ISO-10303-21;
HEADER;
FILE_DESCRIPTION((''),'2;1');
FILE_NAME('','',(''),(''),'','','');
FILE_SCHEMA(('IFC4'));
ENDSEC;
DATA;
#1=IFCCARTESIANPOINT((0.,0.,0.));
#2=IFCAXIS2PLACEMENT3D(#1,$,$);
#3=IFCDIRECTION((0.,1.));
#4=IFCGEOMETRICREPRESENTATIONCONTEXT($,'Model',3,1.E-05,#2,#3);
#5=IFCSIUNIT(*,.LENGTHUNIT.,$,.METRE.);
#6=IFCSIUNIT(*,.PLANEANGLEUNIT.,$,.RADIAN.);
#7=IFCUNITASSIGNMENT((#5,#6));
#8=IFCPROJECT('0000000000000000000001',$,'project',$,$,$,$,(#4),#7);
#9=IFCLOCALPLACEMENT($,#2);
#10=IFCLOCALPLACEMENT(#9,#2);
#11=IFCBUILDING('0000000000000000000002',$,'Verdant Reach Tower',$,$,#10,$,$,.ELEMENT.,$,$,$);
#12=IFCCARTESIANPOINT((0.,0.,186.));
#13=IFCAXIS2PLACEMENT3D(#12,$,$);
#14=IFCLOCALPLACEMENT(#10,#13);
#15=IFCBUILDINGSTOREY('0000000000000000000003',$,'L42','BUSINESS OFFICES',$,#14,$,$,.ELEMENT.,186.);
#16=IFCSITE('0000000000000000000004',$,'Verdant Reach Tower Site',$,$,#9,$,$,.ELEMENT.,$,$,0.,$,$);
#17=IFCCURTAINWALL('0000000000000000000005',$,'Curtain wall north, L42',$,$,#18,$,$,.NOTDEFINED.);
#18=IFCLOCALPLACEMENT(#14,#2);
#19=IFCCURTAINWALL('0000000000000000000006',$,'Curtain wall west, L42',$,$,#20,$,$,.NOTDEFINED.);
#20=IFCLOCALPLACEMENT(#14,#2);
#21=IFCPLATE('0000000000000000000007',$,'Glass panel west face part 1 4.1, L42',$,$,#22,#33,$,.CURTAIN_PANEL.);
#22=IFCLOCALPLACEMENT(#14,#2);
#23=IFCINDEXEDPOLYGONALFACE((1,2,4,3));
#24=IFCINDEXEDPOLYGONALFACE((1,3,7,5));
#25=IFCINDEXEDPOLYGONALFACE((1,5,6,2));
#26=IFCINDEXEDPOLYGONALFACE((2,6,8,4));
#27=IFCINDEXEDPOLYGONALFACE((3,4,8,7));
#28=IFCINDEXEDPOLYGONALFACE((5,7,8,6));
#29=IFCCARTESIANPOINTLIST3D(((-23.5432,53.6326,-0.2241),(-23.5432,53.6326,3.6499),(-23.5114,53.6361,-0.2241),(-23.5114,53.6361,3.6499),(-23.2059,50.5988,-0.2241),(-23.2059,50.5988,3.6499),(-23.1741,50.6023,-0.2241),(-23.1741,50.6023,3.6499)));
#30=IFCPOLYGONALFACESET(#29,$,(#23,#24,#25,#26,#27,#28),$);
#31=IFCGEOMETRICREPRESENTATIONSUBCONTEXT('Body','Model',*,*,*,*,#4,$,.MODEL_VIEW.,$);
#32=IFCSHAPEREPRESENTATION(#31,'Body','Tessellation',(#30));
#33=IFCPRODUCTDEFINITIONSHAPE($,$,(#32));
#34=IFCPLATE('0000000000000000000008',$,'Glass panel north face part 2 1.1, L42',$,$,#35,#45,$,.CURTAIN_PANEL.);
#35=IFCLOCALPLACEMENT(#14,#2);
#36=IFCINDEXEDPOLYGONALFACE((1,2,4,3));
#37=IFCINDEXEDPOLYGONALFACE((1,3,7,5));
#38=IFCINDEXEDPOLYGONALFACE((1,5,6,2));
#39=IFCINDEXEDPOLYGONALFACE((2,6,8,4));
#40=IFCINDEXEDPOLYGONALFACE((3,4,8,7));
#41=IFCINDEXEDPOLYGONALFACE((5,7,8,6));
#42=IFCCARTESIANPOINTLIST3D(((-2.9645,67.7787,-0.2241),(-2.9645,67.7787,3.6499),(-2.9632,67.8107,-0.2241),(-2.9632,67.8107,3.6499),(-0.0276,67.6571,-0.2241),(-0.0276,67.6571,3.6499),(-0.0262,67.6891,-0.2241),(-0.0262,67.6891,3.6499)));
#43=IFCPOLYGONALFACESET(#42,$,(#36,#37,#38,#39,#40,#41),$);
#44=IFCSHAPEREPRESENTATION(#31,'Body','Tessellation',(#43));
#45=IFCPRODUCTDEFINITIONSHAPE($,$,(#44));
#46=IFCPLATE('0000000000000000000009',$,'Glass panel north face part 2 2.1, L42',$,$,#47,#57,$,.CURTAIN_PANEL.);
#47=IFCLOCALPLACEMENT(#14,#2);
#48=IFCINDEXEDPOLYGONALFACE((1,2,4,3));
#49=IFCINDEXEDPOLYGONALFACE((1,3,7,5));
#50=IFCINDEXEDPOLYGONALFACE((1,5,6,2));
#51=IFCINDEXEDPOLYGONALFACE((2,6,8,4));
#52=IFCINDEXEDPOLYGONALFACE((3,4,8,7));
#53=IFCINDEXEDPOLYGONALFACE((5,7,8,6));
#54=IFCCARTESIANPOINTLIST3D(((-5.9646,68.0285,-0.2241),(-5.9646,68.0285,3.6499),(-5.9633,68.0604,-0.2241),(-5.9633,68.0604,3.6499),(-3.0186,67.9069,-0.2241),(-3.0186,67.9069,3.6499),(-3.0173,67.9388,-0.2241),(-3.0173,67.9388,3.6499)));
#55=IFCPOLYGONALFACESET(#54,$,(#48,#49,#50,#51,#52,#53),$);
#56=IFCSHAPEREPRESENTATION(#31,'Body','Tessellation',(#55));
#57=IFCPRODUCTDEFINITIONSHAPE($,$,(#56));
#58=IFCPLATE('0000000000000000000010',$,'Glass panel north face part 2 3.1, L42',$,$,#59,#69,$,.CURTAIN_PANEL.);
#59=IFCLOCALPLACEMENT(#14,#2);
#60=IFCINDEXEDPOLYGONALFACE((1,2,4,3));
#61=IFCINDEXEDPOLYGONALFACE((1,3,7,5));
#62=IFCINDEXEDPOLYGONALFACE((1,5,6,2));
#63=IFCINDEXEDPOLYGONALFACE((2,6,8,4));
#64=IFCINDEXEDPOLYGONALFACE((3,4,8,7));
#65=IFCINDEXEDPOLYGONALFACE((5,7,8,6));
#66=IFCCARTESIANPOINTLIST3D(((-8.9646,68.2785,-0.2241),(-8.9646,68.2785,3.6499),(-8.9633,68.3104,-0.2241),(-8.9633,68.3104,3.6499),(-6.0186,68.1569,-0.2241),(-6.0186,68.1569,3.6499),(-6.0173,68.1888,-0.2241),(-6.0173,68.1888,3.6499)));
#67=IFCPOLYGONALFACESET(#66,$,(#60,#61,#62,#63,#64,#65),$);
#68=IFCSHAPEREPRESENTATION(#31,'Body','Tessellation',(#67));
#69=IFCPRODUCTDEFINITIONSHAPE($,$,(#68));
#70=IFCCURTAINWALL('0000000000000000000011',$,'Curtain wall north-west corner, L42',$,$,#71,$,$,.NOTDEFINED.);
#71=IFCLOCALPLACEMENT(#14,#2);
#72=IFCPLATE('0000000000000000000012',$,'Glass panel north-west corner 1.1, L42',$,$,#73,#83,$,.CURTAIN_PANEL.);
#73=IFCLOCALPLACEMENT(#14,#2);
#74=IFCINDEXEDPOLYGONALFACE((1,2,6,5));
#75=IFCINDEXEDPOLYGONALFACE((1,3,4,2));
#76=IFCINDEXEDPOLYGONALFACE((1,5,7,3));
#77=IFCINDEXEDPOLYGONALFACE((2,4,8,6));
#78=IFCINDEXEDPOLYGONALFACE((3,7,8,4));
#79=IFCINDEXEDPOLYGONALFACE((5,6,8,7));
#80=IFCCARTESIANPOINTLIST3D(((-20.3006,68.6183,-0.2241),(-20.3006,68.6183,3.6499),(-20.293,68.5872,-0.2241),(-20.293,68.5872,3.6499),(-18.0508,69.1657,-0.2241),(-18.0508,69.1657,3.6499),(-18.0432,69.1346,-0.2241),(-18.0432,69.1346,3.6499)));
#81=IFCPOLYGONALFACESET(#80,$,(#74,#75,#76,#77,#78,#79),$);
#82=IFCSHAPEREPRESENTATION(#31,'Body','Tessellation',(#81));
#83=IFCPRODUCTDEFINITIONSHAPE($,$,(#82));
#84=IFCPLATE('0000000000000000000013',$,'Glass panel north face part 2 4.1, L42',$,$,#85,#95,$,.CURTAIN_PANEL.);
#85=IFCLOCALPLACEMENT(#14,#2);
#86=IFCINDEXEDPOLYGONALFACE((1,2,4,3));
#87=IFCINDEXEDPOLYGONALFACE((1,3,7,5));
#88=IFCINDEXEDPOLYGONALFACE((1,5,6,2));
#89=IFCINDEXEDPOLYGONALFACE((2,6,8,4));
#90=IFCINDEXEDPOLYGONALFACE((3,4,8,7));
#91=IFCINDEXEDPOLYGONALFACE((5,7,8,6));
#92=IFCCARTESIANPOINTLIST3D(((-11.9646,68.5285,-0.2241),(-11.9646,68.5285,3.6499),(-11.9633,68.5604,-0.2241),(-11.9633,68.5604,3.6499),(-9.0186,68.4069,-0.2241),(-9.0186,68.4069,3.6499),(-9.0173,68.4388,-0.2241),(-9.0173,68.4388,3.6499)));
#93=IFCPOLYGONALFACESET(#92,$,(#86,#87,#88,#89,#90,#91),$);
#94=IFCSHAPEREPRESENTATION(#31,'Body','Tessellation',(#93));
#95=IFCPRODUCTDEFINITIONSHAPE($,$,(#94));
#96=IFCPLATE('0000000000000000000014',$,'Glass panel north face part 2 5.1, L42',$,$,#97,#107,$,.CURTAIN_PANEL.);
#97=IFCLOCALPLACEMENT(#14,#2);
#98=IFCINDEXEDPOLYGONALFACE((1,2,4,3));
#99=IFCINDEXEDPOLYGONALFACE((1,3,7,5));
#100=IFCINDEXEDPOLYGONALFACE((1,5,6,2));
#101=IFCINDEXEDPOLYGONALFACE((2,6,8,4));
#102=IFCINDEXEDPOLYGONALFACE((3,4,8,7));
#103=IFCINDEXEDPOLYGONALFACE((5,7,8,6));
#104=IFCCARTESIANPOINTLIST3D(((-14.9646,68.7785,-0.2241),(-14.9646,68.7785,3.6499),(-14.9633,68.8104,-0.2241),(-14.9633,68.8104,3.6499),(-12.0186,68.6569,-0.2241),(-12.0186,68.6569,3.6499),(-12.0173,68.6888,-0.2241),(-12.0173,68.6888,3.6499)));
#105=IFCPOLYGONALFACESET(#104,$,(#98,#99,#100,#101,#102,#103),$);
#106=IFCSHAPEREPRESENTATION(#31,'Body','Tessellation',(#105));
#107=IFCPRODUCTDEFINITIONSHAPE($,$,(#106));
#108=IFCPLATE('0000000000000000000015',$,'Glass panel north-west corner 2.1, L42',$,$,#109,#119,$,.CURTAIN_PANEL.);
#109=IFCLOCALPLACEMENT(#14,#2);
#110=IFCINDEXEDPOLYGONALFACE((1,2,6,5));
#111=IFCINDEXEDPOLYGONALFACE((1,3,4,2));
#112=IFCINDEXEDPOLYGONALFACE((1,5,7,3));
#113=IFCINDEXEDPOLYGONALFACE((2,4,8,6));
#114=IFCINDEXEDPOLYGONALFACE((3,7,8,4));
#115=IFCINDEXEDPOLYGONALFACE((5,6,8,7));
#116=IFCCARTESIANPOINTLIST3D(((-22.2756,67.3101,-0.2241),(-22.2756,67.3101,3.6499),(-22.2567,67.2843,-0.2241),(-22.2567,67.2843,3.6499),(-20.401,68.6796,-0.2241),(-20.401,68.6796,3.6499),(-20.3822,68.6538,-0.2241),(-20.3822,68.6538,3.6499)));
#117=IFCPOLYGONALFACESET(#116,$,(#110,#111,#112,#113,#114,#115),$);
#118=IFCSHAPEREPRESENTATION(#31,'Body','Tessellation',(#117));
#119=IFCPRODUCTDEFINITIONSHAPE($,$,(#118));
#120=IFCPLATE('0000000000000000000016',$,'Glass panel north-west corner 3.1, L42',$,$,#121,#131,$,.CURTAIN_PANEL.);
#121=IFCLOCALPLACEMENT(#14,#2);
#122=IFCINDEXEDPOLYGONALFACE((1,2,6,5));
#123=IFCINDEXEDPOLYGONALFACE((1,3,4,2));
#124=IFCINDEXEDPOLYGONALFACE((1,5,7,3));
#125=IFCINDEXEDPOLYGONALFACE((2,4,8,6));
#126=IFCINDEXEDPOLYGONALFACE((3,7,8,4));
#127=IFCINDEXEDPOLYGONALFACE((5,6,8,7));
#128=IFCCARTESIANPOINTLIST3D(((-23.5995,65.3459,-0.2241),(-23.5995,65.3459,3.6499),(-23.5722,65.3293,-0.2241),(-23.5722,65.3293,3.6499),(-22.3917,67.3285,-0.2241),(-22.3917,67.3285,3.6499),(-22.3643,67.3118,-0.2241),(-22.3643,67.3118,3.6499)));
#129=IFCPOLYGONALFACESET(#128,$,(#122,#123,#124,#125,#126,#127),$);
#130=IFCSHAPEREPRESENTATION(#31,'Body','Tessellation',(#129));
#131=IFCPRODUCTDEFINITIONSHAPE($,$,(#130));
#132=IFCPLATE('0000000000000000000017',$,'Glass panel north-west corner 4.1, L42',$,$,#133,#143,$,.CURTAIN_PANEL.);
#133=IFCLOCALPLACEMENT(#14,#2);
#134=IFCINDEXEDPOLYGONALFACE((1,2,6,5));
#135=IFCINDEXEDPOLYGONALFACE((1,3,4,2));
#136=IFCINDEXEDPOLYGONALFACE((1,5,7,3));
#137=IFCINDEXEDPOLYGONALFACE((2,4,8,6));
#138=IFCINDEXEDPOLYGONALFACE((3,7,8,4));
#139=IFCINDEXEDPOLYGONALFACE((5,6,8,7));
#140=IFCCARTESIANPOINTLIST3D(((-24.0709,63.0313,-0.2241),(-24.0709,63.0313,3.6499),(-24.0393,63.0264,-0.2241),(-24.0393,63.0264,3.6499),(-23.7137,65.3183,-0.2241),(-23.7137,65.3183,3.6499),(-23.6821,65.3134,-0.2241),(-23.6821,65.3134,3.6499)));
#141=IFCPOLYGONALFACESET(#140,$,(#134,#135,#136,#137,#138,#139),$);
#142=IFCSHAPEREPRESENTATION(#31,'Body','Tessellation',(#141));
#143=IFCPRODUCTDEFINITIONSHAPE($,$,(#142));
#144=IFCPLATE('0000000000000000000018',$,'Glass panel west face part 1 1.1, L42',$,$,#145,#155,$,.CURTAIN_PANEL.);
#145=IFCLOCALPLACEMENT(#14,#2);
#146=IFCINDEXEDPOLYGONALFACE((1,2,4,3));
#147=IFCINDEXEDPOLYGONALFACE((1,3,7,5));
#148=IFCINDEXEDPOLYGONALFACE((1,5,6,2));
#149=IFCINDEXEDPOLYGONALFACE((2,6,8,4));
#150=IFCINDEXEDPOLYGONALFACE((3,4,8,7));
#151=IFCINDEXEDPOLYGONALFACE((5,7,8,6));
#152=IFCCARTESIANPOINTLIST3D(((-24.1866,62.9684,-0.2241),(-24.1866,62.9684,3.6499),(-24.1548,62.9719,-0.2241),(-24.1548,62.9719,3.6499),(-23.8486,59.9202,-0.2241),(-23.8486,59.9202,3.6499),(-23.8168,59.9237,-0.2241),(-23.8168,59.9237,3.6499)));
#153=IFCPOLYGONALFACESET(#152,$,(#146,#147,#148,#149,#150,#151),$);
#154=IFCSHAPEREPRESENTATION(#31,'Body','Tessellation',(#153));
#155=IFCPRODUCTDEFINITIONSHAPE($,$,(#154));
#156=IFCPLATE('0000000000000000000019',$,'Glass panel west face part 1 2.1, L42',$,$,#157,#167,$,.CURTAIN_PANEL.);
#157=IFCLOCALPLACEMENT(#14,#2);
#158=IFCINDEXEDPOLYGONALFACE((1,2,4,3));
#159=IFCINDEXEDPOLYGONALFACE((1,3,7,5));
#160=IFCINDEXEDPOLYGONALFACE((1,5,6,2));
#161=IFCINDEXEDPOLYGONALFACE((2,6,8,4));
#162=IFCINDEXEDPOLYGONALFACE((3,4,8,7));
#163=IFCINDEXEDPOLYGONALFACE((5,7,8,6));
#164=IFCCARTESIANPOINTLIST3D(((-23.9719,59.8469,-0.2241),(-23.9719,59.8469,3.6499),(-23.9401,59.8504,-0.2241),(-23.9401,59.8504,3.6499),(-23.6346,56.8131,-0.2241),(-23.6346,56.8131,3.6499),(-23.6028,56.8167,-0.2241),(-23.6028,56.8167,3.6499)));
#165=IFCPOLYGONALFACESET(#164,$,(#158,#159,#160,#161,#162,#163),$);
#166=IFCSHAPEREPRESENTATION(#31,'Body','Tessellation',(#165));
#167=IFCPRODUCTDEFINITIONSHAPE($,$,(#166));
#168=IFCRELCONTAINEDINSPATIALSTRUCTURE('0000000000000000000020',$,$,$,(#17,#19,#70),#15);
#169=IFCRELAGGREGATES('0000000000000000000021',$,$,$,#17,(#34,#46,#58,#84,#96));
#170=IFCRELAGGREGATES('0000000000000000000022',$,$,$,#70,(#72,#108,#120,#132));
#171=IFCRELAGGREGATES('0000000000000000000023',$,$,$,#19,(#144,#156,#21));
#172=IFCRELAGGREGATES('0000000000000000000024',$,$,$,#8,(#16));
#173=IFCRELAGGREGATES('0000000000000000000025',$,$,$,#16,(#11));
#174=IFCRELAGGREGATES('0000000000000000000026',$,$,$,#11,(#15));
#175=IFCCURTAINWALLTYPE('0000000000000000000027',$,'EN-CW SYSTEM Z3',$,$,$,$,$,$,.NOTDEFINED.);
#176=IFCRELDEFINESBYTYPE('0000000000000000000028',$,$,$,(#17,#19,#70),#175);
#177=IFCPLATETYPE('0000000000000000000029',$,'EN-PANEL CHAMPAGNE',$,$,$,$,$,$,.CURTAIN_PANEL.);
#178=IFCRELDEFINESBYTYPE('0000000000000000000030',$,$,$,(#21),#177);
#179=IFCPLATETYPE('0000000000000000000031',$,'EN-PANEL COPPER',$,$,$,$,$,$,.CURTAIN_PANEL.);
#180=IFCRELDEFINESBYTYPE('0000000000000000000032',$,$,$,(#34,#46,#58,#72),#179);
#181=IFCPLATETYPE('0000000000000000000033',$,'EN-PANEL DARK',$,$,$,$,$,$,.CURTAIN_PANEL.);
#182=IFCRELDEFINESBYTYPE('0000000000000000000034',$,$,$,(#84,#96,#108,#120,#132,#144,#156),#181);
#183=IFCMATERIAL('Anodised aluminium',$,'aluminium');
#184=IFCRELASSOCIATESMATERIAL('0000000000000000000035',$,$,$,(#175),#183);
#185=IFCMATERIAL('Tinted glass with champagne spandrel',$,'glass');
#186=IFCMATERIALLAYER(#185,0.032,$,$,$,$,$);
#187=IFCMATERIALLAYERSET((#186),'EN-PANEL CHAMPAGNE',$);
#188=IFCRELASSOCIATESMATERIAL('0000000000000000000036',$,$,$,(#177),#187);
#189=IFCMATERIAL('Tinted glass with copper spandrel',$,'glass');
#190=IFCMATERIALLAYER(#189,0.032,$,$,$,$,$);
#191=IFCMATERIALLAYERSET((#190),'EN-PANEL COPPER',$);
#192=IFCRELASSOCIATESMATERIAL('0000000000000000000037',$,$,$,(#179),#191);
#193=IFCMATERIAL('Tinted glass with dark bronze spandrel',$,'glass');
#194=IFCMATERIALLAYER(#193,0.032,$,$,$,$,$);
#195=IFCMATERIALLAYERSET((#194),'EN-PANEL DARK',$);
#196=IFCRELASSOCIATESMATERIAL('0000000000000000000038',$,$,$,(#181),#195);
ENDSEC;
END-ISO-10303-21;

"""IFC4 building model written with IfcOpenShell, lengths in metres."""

from ifc_helpers import new_model, si_unit, direction, frame, origin, origin_2d, place, context, subcontext, project, spatial, rectangle, extrude, material, layer, layer_set, type_object, element, aggregate, save


model = new_model("IFC4")

# Units and contexts
model_context = context("Model", 3, precision=1e-05, world=origin(), true_north=direction((0.0, 1.0)))
body_context = subcontext(model_context, "Body", "Model", "MODEL_VIEW")
ifc_project = project(units=[si_unit("LENGTHUNIT", "METRE"), si_unit("PLANEANGLEUNIT", "RADIAN")], contexts=[model_context])

# Site, building, storey
site_placement = place(None, origin())
site = spatial("IfcSite", under=ifc_project, at=site_placement, Name="Verdant Reach Tower Site", CompositionType="ELEMENT", RefElevation=0.0)
building_placement = place(site_placement, origin())
building = spatial("IfcBuilding", under=site, at=building_placement, Name="Verdant Reach Tower", CompositionType="ELEMENT")
storey_placement = place(building_placement, frame((0.0, 0.0, 186.0)))
storey = spatial("IfcBuildingStorey", under=building, at=storey_placement, Name="L42", Description="BUSINESS OFFICES", CompositionType="ELEMENT", Elevation=186.0)

# Curtain walls
ifc_material_1 = material(Name="Anodised aluminium", Category="aluminium")
curtain_wall_type = type_object("IfcCurtainWallType", Name="EN-CW SYSTEM Z3", PredefinedType="NOTDEFINED", material=ifc_material_1)
curtain_wall_1_placement = place(storey_placement, origin())
curtain_wall_1 = element("IfcCurtainWall", 1, at=curtain_wall_1_placement, inside=storey, type_object=curtain_wall_type, Name="Curtain wall north, L42", PredefinedType="NOTDEFINED")
curtain_wall_2_placement = place(storey_placement, origin())
curtain_wall_2 = element("IfcCurtainWall", 2, at=curtain_wall_2_placement, inside=storey, type_object=curtain_wall_type, Name="Curtain wall west, L42", PredefinedType="NOTDEFINED")

# Plates
ifc_material_2 = material(Name="Tinted glass with champagne spandrel", Category="glass")
ifc_layer_1 = layer(ifc_material_2, 0.032)
ifc_layer_set_1 = layer_set([ifc_layer_1], Name="EN-PANEL CHAMPAGNE")
plate_type_1 = type_object("IfcPlateType", Name="EN-PANEL CHAMPAGNE", PredefinedType="CURTAIN_PANEL", material=ifc_layer_set_1)
plate_1_placement = place(storey_placement, frame((-23.3586, 52.1174, -0.2241), z_axis=(0.0, 0.0, 1.0), x_axis=(0.110518, -0.993874, 0.0)))
plate_1 = element("IfcPlate", 3, at=plate_1_placement, type_object=plate_type_1, Name="Glass panel west face part 1 4.1, L42", PredefinedType="CURTAIN_PANEL", context=body_context, shape_type="SweptSolid", body=[
    extrude(rectangle(XDim=3.0525, YDim=0.032, at=origin_2d()), origin(), (0.0, 0.0, 1.0), 3.874),
])
ifc_material_3 = material(Name="Tinted glass with copper spandrel", Category="glass")
ifc_layer_2 = layer(ifc_material_3, 0.032)
ifc_layer_set_2 = layer_set([ifc_layer_2], Name="EN-PANEL COPPER")
plate_type_2 = type_object("IfcPlateType", Name="EN-PANEL COPPER", PredefinedType="CURTAIN_PANEL", material=ifc_layer_set_2)
plate_2_placement = place(storey_placement, frame((-1.4954, 67.7339, -0.2241), z_axis=(0.0, 0.0, 1.0), x_axis=(-0.999144, 0.041367, 0.0)))
plate_2 = element("IfcPlate", 4, at=plate_2_placement, type_object=plate_type_2, Name="Glass panel north face part 2 1.1, L42", PredefinedType="CURTAIN_PANEL", context=body_context, shape_type="SweptSolid", body=[
    extrude(rectangle(XDim=2.9395, YDim=0.032, at=origin_2d()), origin(), (0.0, 0.0, 1.0), 3.874),
])
plate_3_placement = place(storey_placement, frame((-4.491, 67.9836, -0.2241), z_axis=(0.0, 0.0, 1.0), x_axis=(-0.999149, 0.041242, 0.0)))
plate_3 = element("IfcPlate", 5, at=plate_3_placement, type_object=plate_type_2, Name="Glass panel north face part 2 2.1, L42", PredefinedType="CURTAIN_PANEL", context=body_context, shape_type="SweptSolid", body=[
    extrude(rectangle(XDim=2.9485, YDim=0.032, at=origin_2d()), origin(), (0.0, 0.0, 1.0), 3.874),
])
plate_4_placement = place(storey_placement, frame((-7.491, 68.2336, -0.2241), z_axis=(0.0, 0.0, 1.0), x_axis=(-0.999149, 0.041242, 0.0)))
plate_4 = element("IfcPlate", 6, at=plate_4_placement, type_object=plate_type_2, Name="Glass panel north face part 2 3.1, L42", PredefinedType="CURTAIN_PANEL", context=body_context, shape_type="SweptSolid", body=[
    extrude(rectangle(XDim=2.9485, YDim=0.032, at=origin_2d()), origin(), (0.0, 0.0, 1.0), 3.874),
])

# Curtain wall, plate
curtain_wall_3_placement = place(storey_placement, origin())
curtain_wall_3 = element("IfcCurtainWall", 7, at=curtain_wall_3_placement, inside=storey, type_object=curtain_wall_type, Name="Curtain wall north-west corner, L42", PredefinedType="NOTDEFINED")
plate_5_placement = place(storey_placement, frame((-19.1719, 68.8765, -0.2241), z_axis=(0.0, 0.0, 1.0), x_axis=(-0.971655, -0.236403, 0.0)))
plate_5 = element("IfcPlate", 8, at=plate_5_placement, type_object=plate_type_2, Name="Glass panel north-west corner 1.1, L42", PredefinedType="CURTAIN_PANEL", context=body_context, shape_type="SweptSolid", body=[
    extrude(rectangle(XDim=2.3154, YDim=0.032, at=origin_2d()), origin(), (0.0, 0.0, 1.0), 3.874),
])

# Plates
ifc_material_4 = material(Name="Tinted glass with dark bronze spandrel", Category="glass")
ifc_layer_3 = layer(ifc_material_4, 0.032)
ifc_layer_set_3 = layer_set([ifc_layer_3], Name="EN-PANEL DARK")
plate_type_3 = type_object("IfcPlateType", Name="EN-PANEL DARK", PredefinedType="CURTAIN_PANEL", material=ifc_layer_set_3)
plate_6_placement = place(storey_placement, frame((-10.491, 68.4836, -0.2241), z_axis=(0.0, 0.0, 1.0), x_axis=(-0.999149, 0.041242, 0.0)))
plate_6 = element("IfcPlate", 9, at=plate_6_placement, type_object=plate_type_3, Name="Glass panel north face part 2 4.1, L42", PredefinedType="CURTAIN_PANEL", context=body_context, shape_type="SweptSolid", body=[
    extrude(rectangle(XDim=2.9485, YDim=0.032, at=origin_2d()), origin(), (0.0, 0.0, 1.0), 3.874),
])
plate_7_placement = place(storey_placement, frame((-13.491, 68.7336, -0.2241), z_axis=(0.0, 0.0, 1.0), x_axis=(-0.999149, 0.041242, 0.0)))
plate_7 = element("IfcPlate", 10, at=plate_7_placement, type_object=plate_type_3, Name="Glass panel north face part 2 5.1, L42", PredefinedType="CURTAIN_PANEL", context=body_context, shape_type="SweptSolid", body=[
    extrude(rectangle(XDim=2.9485, YDim=0.032, at=origin_2d()), origin(), (0.0, 0.0, 1.0), 3.874),
])
aggregate(curtain_wall_1, [plate_2, plate_3, plate_4, plate_6, plate_7])
plate_8_placement = place(storey_placement, frame((-21.3289, 67.9819, -0.2241), z_axis=(0.0, 0.0, 1.0), x_axis=(-0.807457, -0.589927, 0.0)))
plate_8 = element("IfcPlate", 11, at=plate_8_placement, type_object=plate_type_3, Name="Glass panel north-west corner 2.1, L42", PredefinedType="CURTAIN_PANEL", context=body_context, shape_type="SweptSolid", body=[
    extrude(rectangle(XDim=2.3215, YDim=0.032, at=origin_2d()), origin(), (0.0, 0.0, 1.0), 3.874),
])
plate_9_placement = place(storey_placement, frame((-22.9819, 66.3289, -0.2241), z_axis=(0.0, 0.0, 1.0), x_axis=(-0.520292, -0.853989, 0.0)))
plate_9 = element("IfcPlate", 12, at=plate_9_placement, type_object=plate_type_3, Name="Glass panel north-west corner 3.1, L42", PredefinedType="CURTAIN_PANEL", context=body_context, shape_type="SweptSolid", body=[
    extrude(rectangle(XDim=2.3215, YDim=0.032, at=origin_2d()), origin(), (0.0, 0.0, 1.0), 3.874),
])
plate_10_placement = place(storey_placement, frame((-23.8765, 64.1724, -0.2241), z_axis=(0.0, 0.0, 1.0), x_axis=(-0.154312, -0.988022, 0.0)))
plate_10 = element("IfcPlate", 13, at=plate_10_placement, type_object=plate_type_3, Name="Glass panel north-west corner 4.1, L42", PredefinedType="CURTAIN_PANEL", context=body_context, shape_type="SweptSolid", body=[
    extrude(rectangle(XDim=2.3147, YDim=0.032, at=origin_2d()), origin(), (0.0, 0.0, 1.0), 3.874),
])
aggregate(curtain_wall_3, [plate_5, plate_8, plate_9, plate_10])
plate_11_placement = place(storey_placement, frame((-24.0017, 61.446, -0.2241), z_axis=(0.0, 0.0, 1.0), x_axis=(0.110214, -0.993908, 0.0)))
plate_11 = element("IfcPlate", 14, at=plate_11_placement, type_object=plate_type_3, Name="Glass panel west face part 1 1.1, L42", PredefinedType="CURTAIN_PANEL", context=body_context, shape_type="SweptSolid", body=[
    extrude(rectangle(XDim=3.0669, YDim=0.032, at=origin_2d()), origin(), (0.0, 0.0, 1.0), 3.874),
])
plate_12_placement = place(storey_placement, frame((-23.7874, 58.3318, -0.2241), z_axis=(0.0, 0.0, 1.0), x_axis=(0.110518, -0.993874, 0.0)))
plate_12 = element("IfcPlate", 15, at=plate_12_placement, type_object=plate_type_3, Name="Glass panel west face part 1 2.1, L42", PredefinedType="CURTAIN_PANEL", context=body_context, shape_type="SweptSolid", body=[
    extrude(rectangle(XDim=3.0525, YDim=0.032, at=origin_2d()), origin(), (0.0, 0.0, 1.0), 3.874),
])
aggregate(curtain_wall_2, [plate_11, plate_12, plate_1])

save(model, "model.ifc")
